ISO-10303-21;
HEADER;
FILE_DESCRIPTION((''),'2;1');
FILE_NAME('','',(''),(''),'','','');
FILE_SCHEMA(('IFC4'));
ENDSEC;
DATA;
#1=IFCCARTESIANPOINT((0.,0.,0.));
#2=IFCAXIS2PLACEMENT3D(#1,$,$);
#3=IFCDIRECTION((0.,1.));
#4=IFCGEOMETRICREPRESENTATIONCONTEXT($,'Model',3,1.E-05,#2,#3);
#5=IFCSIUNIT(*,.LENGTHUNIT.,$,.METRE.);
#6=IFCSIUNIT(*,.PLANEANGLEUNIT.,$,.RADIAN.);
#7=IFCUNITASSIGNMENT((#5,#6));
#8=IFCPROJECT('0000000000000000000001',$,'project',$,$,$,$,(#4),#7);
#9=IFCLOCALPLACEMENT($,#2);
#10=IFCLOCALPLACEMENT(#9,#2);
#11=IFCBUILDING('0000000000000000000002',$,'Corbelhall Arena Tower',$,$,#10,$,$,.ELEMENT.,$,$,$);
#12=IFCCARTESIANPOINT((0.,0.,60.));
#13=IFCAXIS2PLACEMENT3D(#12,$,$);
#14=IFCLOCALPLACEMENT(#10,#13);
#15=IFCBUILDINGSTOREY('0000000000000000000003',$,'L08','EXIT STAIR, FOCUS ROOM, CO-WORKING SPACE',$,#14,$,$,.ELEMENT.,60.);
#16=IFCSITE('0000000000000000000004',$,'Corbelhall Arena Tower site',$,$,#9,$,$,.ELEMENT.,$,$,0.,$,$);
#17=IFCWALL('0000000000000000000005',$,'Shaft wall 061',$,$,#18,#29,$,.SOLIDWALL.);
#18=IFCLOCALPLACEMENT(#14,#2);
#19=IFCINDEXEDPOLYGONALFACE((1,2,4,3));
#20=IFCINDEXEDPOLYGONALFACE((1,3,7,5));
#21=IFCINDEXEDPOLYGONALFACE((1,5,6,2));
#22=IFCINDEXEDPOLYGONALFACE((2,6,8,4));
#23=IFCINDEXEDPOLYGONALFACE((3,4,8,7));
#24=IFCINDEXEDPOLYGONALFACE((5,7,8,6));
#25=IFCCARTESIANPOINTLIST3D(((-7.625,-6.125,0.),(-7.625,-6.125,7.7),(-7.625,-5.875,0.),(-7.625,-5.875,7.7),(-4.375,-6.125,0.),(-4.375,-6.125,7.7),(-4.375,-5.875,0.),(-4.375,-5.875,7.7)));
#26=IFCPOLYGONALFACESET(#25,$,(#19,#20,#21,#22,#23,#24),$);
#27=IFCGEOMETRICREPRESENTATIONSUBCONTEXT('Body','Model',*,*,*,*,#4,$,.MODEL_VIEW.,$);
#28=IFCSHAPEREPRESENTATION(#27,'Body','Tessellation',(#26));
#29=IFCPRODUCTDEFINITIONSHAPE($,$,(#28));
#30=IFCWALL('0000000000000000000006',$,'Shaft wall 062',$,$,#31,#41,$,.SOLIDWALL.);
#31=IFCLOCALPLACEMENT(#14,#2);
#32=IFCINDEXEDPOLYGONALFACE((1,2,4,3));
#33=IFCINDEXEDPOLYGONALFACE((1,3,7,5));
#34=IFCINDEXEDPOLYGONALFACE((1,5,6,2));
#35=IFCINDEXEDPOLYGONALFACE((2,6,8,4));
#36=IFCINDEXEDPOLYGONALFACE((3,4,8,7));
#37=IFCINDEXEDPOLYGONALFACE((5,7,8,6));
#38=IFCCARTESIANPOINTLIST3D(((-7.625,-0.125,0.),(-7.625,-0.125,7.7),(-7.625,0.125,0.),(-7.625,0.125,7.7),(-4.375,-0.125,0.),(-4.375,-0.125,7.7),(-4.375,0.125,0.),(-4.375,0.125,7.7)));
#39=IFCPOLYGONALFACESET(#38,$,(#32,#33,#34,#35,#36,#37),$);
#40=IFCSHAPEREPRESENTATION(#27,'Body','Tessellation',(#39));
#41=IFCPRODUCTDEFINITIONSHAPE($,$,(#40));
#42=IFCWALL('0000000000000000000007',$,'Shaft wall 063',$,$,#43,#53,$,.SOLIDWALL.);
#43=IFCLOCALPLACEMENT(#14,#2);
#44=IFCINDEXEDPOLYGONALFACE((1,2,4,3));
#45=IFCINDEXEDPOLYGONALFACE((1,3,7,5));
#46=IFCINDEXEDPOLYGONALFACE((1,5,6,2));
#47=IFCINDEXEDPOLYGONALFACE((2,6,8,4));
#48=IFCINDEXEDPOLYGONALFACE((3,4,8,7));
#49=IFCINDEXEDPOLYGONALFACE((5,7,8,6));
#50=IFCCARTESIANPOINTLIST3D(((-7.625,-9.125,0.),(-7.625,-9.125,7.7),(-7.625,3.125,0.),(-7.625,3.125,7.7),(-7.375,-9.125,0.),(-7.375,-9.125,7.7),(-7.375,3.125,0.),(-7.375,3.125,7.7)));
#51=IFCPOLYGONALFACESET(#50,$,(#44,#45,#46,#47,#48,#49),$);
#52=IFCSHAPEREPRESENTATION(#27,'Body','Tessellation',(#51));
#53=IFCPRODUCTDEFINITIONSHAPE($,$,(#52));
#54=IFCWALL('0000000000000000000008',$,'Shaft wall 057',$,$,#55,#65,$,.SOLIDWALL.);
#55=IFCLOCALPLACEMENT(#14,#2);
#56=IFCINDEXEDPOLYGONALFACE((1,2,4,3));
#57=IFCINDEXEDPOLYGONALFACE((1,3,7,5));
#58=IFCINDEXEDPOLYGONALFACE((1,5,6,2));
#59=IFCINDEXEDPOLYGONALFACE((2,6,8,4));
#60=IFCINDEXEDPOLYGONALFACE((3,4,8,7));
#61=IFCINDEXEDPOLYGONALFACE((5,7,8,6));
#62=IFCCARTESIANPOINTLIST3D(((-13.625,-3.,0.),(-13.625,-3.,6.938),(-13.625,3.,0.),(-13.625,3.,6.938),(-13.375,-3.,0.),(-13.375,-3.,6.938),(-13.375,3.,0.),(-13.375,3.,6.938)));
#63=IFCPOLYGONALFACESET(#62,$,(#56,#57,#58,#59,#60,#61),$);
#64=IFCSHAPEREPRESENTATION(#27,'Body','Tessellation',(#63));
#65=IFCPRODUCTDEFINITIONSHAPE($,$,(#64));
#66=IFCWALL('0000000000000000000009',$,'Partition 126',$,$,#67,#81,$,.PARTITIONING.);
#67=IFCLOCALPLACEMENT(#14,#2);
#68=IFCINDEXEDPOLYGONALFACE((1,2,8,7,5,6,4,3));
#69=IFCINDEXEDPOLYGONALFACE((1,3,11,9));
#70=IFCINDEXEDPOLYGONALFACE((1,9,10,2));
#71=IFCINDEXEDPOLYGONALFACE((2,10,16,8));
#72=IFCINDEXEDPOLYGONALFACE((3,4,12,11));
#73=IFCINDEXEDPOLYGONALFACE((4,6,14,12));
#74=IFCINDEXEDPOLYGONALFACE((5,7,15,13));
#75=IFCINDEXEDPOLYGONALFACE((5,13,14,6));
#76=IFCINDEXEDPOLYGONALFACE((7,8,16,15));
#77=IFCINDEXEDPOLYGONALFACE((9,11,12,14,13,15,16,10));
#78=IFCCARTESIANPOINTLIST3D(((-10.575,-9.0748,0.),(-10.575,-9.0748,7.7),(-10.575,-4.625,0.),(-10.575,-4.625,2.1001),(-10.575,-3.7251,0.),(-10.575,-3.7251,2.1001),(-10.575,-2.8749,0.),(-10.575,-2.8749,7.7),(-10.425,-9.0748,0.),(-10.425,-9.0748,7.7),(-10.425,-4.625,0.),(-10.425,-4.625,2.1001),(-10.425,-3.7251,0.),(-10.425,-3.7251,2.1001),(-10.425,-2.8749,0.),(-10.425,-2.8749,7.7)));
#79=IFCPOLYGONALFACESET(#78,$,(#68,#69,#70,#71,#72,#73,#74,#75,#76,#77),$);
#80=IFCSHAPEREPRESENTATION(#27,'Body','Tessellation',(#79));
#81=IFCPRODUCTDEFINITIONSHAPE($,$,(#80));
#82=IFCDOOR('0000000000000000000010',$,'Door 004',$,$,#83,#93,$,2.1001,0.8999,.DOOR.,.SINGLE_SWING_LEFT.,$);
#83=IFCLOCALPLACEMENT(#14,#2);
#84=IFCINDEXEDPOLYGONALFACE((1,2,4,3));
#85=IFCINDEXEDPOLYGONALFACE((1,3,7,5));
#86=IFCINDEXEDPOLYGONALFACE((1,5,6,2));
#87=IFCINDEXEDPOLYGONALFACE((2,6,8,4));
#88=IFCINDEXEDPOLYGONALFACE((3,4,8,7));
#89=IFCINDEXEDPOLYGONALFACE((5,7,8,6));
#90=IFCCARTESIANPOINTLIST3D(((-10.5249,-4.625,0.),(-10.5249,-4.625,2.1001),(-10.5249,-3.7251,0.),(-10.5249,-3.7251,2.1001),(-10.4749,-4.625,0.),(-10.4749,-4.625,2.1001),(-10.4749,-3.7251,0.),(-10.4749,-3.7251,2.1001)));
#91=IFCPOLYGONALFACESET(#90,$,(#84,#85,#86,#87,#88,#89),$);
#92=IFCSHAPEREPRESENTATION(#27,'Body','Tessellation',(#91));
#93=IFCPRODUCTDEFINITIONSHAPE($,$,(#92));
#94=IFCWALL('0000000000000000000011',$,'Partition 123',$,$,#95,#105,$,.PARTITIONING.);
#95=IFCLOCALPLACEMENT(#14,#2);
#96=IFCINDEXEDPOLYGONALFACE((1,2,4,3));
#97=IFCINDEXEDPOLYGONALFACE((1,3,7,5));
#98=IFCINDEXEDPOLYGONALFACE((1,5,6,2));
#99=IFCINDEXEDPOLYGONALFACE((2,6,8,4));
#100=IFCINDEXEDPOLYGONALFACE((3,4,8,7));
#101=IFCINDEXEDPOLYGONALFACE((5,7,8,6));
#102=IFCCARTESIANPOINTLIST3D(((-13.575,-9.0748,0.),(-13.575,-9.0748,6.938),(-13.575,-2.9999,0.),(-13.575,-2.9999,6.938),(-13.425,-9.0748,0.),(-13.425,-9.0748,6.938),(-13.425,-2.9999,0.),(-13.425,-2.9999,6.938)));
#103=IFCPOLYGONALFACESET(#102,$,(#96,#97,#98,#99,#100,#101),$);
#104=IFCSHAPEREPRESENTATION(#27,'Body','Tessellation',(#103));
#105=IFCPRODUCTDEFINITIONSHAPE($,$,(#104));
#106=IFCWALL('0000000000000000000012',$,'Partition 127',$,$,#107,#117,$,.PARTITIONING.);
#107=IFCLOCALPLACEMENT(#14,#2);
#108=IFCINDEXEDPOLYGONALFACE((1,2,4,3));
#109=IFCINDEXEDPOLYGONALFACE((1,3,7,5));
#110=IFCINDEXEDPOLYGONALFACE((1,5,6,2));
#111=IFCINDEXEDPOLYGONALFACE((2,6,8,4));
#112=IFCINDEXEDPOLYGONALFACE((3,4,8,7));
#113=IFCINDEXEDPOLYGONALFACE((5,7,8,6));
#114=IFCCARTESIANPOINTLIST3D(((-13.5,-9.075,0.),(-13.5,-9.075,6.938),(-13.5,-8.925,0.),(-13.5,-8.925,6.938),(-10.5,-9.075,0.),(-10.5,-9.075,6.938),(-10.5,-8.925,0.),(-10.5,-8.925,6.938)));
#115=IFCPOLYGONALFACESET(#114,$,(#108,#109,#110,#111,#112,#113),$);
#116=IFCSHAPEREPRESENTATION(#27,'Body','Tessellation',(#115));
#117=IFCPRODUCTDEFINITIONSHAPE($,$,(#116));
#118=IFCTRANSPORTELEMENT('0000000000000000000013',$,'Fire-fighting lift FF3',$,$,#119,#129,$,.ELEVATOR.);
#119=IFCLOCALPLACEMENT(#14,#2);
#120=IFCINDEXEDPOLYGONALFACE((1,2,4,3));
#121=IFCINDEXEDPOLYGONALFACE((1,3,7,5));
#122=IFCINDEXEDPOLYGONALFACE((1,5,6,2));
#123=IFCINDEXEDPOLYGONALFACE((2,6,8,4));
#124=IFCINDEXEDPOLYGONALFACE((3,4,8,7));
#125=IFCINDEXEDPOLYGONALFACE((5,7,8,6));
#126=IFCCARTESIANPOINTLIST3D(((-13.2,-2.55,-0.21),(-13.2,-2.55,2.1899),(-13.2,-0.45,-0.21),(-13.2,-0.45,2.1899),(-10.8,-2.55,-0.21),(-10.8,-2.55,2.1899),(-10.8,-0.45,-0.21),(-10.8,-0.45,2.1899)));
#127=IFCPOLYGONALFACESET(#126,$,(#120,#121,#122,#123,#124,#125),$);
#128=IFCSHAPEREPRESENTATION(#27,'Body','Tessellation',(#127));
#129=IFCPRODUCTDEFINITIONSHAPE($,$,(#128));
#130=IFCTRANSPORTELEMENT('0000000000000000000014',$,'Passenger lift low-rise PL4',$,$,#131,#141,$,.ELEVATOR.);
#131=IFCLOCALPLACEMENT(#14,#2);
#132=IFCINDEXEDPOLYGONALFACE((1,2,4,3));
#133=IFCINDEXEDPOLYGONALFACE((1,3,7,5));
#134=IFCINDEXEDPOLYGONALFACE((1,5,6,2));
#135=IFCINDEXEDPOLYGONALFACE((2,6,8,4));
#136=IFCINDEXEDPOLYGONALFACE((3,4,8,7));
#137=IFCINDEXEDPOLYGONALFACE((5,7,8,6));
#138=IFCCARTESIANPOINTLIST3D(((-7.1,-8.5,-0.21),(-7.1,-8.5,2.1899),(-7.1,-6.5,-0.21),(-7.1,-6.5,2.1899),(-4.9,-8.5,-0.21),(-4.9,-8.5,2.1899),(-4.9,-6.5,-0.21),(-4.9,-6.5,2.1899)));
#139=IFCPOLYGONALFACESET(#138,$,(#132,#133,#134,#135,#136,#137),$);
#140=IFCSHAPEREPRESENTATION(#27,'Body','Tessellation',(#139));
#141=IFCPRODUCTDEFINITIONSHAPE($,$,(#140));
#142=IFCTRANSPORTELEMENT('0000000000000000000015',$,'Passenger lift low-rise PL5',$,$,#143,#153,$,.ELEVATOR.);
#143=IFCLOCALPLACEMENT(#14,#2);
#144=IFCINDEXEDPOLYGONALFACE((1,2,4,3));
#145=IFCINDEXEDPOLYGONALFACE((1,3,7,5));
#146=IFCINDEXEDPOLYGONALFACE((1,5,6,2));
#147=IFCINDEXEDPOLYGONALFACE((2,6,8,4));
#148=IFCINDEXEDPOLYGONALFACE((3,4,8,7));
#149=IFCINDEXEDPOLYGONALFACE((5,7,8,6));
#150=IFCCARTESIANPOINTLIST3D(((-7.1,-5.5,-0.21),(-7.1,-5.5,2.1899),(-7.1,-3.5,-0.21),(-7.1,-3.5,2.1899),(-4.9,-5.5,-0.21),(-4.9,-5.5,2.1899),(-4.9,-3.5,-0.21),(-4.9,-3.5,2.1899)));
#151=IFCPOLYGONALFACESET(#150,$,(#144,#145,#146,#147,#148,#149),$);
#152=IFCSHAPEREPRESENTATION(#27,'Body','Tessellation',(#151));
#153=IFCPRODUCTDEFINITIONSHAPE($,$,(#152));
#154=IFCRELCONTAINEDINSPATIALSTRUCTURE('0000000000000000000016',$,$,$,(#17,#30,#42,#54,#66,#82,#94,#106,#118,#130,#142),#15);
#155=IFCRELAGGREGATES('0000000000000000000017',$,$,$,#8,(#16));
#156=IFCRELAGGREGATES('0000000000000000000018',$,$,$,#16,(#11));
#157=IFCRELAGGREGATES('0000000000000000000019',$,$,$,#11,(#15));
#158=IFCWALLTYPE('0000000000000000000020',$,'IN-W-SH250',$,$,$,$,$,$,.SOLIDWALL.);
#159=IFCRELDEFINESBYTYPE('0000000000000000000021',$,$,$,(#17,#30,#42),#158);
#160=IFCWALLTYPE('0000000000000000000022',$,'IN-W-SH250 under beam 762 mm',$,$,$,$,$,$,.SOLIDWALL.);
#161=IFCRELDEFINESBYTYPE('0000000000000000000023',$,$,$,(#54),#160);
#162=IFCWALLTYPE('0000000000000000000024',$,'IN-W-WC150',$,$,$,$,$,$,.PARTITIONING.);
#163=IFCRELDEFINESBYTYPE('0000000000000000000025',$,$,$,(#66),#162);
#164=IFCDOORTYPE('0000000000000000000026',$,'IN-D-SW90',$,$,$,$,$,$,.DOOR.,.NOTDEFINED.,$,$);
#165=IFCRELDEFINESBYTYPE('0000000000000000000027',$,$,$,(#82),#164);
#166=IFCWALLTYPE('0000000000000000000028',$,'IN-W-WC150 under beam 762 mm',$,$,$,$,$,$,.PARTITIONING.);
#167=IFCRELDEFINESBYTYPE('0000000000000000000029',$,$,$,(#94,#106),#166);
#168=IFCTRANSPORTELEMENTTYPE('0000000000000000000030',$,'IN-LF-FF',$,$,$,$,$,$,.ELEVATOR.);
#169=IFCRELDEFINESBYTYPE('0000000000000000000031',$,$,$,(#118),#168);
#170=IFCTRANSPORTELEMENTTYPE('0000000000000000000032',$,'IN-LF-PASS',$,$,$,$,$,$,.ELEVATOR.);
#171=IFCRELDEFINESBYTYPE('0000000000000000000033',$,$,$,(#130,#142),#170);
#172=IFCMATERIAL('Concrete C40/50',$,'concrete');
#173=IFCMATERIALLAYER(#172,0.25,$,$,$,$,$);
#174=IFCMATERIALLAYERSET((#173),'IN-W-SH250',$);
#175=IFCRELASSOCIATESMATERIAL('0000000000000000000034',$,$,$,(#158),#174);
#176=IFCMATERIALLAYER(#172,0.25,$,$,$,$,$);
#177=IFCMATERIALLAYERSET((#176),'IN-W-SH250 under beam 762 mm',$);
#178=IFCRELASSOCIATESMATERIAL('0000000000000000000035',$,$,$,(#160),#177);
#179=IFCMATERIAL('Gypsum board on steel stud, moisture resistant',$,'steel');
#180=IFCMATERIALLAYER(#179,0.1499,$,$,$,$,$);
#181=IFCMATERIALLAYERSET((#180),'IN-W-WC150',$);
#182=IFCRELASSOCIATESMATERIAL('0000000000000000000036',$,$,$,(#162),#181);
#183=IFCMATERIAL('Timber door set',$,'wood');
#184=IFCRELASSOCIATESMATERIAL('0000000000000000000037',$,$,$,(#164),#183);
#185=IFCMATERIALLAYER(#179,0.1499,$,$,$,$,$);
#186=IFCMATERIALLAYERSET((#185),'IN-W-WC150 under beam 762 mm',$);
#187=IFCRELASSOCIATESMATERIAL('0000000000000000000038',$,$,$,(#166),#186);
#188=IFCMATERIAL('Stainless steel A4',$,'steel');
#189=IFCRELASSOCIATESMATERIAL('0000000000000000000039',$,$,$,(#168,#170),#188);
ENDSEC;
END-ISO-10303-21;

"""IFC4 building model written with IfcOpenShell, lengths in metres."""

from ifc_helpers import new_model, si_unit, direction, frame, frame_2d, origin, origin_2d, place, context, subcontext, project, spatial, rectangle, extrude, material, layer, layer_set, type_object, element, fill, save


model = new_model("IFC4")

# Units and contexts
model_context = context("Model", 3, precision=1e-05, world=origin(), true_north=direction((0.0, 1.0)))
body_context = subcontext(model_context, "Body", "Model", "MODEL_VIEW")
ifc_project = project(units=[si_unit("LENGTHUNIT", "METRE"), si_unit("PLANEANGLEUNIT", "RADIAN")], contexts=[model_context])

# Site, building, storey
site_placement = place(None, origin())
site = spatial("IfcSite", under=ifc_project, at=site_placement, Name="Corbelhall Arena Tower site", CompositionType="ELEMENT", RefElevation=0.0)
building_placement = place(site_placement, origin())
building = spatial("IfcBuilding", under=site, at=building_placement, Name="Corbelhall Arena Tower", CompositionType="ELEMENT")
storey_placement = place(building_placement, frame((0.0, 0.0, 60.0)))
storey = spatial("IfcBuildingStorey", under=building, at=storey_placement, Name="L08", Description="EXIT STAIR, FOCUS ROOM, CO-WORKING SPACE", CompositionType="ELEMENT", Elevation=60.0)

# Shared definitions
ifc_material_1 = material(Name="Concrete C40/50", Category="concrete")
ifc_layer_1 = layer(ifc_material_1, 0.25)
ifc_layer_set_1 = layer_set([ifc_layer_1], Name="IN-W-SH250")
wall_type_1 = type_object("IfcWallType", Name="IN-W-SH250", PredefinedType="SOLIDWALL", material=ifc_layer_set_1)

# Walls
for number, where, z_axis, x_axis, name in (
    (1, (-7.625, -6.0, 0.0), (0.0, 0.0, 1.0), (1.0, 0.0, 0.0), "Shaft wall 061"),
    (2, (-7.625, 0.0, 0.0), (0.0, 0.0, 1.0), (1.0, 0.0, 0.0), "Shaft wall 062"),
):
    element("IfcWall", number, at=place(storey_placement, frame(where, z_axis=z_axis, x_axis=x_axis)), inside=storey, type_object=wall_type_1, Name=name, PredefinedType="SOLIDWALL", context=body_context, shape_type="SweptSolid", body=[
        extrude(rectangle(XDim=3.25, YDim=0.25, at=frame_2d((1.625, 0.0))), origin(), (0.0, 0.0, 1.0), 7.7),
    ])
wall_1_placement = place(storey_placement, frame((-7.5, -9.125, 0.0), z_axis=(0.0, 0.0, 1.0), x_axis=(0.0, 1.0, 0.0)))
element("IfcWall", 3, at=wall_1_placement, inside=storey, type_object=wall_type_1, Name="Shaft wall 063", PredefinedType="SOLIDWALL", context=body_context, shape_type="SweptSolid", body=[
    extrude(rectangle(XDim=12.25, YDim=0.25, at=frame_2d((6.125, 0.0))), origin(), (0.0, 0.0, 1.0), 7.7),
])
ifc_layer_2 = layer(ifc_material_1, 0.25)
ifc_layer_set_2 = layer_set([ifc_layer_2], Name="IN-W-SH250 under beam 762 mm")
wall_type_2 = type_object("IfcWallType", Name="IN-W-SH250 under beam 762 mm", PredefinedType="SOLIDWALL", material=ifc_layer_set_2)
wall_2_placement = place(storey_placement, frame((-13.5, -3.0, 0.0), z_axis=(0.0, 0.0, 1.0), x_axis=(0.0, 1.0, 0.0)))
element("IfcWall", 4, at=wall_2_placement, inside=storey, type_object=wall_type_2, Name="Shaft wall 057", PredefinedType="SOLIDWALL", context=body_context, shape_type="SweptSolid", body=[
    extrude(rectangle(XDim=6.0, YDim=0.25, at=frame_2d((3.0, 0.0))), origin(), (0.0, 0.0, 1.0), 6.938),
])

# Wall, opening, door
ifc_material_2 = material(Name="Gypsum board on steel stud, moisture resistant", Category="steel")
ifc_layer_3 = layer(ifc_material_2, 0.1499)
ifc_layer_set_3 = layer_set([ifc_layer_3], Name="IN-W-WC150")
wall_type_3 = type_object("IfcWallType", Name="IN-W-WC150", PredefinedType="PARTITIONING", material=ifc_layer_set_3)
wall_3_placement = place(storey_placement, frame((-10.5, -9.075, 0.0), z_axis=(0.0, 0.0, 1.0), x_axis=(0.0, 1.0, 0.0)))
wall_3 = element("IfcWall", 5, at=wall_3_placement, inside=storey, type_object=wall_type_3, Name="Partition 126", PredefinedType="PARTITIONING", context=body_context, shape_type="SweptSolid", body=[
    extrude(rectangle(XDim=6.2, YDim=0.1499, at=frame_2d((3.1001, 0.0))), origin(), (0.0, 0.0, 1.0), 7.7),
])
opening_1_placement = place(wall_3_placement, frame((4.45, 0.0, 0.0)))
opening_1 = element("IfcOpeningElement", 6, at=opening_1_placement, cuts=wall_3, PredefinedType="OPENING", context=body_context, shape_type="SweptSolid", body=[
    extrude(rectangle(XDim=0.8999, YDim=2.1001, at=frame_2d((0.45, 1.05))), frame((0.0, 0.075, 0.0), z_axis=(0.0, -1.0, 0.0), x_axis=(1.0, 0.0, 0.0)), (0.0, 0.0, 1.0), 0.1499),
])
ifc_material_3 = material(Name="Timber door set", Category="wood")
door_type_1 = type_object("IfcDoorType", Name="IN-D-SW90", OperationType="NOTDEFINED", PredefinedType="DOOR", material=ifc_material_3)
door_1_placement = place(opening_1_placement, origin())
door_1 = element("IfcDoor", 7, at=door_1_placement, inside=storey, type_object=door_type_1, Name="Door 004", OperationType="SINGLE_SWING_LEFT", OverallHeight=2.1001, OverallWidth=0.8999, PredefinedType="DOOR", context=body_context, shape_type="SweptSolid", body=[
    extrude(rectangle(XDim=0.8999, YDim=2.1001, at=frame_2d((0.45, 1.05))), frame((0.0, 0.0249, 0.0), z_axis=(0.0, -1.0, 0.0), x_axis=(1.0, 0.0, 0.0)), (0.0, 0.0, 1.0), 0.05),
])
fill(opening_1, door_1)

# Walls
ifc_layer_4 = layer(ifc_material_2, 0.1499)
ifc_layer_set_4 = layer_set([ifc_layer_4], Name="IN-W-WC150 under beam 762 mm")
wall_type_4 = type_object("IfcWallType", Name="IN-W-WC150 under beam 762 mm", PredefinedType="PARTITIONING", material=ifc_layer_set_4)
wall_4_placement = place(storey_placement, frame((-13.5, -9.075, 0.0), z_axis=(0.0, 0.0, 1.0), x_axis=(0.0, 1.0, 0.0)))
element("IfcWall", 8, at=wall_4_placement, inside=storey, type_object=wall_type_4, Name="Partition 123", PredefinedType="PARTITIONING", context=body_context, shape_type="SweptSolid", body=[
    extrude(rectangle(XDim=6.075, YDim=0.1499, at=frame_2d((3.0376, 0.0))), origin(), (0.0, 0.0, 1.0), 6.938),
])
wall_5_placement = place(storey_placement, frame((-10.5, -9.0, 0.0), z_axis=(0.0, 0.0, 1.0), x_axis=(-1.0, 0.0, 0.0)))
element("IfcWall", 9, at=wall_5_placement, inside=storey, type_object=wall_type_4, Name="Partition 127", PredefinedType="PARTITIONING", context=body_context, shape_type="SweptSolid", body=[
    extrude(rectangle(XDim=3.0, YDim=0.1499, at=frame_2d((1.5, 0.0))), origin(), (0.0, 0.0, 1.0), 6.938),
])

# Transport elements
ifc_material_4 = material(Name="Stainless steel A4", Category="steel")
transport_element_type_1 = type_object("IfcTransportElementType", Name="IN-LF-FF", PredefinedType="ELEVATOR", material=ifc_material_4)
transport_element_placement = place(storey_placement, frame((-12.0, -1.5, -0.21), z_axis=(0.0, 0.0, 1.0), x_axis=(1.0, 0.0, 0.0)))
element("IfcTransportElement", 10, at=transport_element_placement, inside=storey, type_object=transport_element_type_1, Name="Fire-fighting lift FF3", PredefinedType="ELEVATOR", context=body_context, shape_type="SweptSolid", body=[
    extrude(rectangle(XDim=2.3999, YDim=2.1001, at=origin_2d()), origin(), (0.0, 0.0, 1.0), 2.3999),
])
transport_element_type_2 = type_object("IfcTransportElementType", Name="IN-LF-PASS", PredefinedType="ELEVATOR", material=ifc_material_4)
for number, where, z_axis, x_axis, name in (
    (11, (-6.0, -7.5, -0.21), (0.0, 0.0, 1.0), (1.0, 0.0, 0.0), "Passenger lift low-rise PL4"),
    (12, (-6.0, -4.5, -0.21), (0.0, 0.0, 1.0), (1.0, 0.0, 0.0), "Passenger lift low-rise PL5"),
):
    element("IfcTransportElement", number, at=place(storey_placement, frame(where, z_axis=z_axis, x_axis=x_axis)), inside=storey, type_object=transport_element_type_2, Name=name, PredefinedType="ELEVATOR", context=body_context, shape_type="SweptSolid", body=[
        extrude(rectangle(XDim=2.2, YDim=2.0, at=origin_2d()), origin(), (0.0, 0.0, 1.0), 2.3999),
    ])

save(model, "model.ifc")
